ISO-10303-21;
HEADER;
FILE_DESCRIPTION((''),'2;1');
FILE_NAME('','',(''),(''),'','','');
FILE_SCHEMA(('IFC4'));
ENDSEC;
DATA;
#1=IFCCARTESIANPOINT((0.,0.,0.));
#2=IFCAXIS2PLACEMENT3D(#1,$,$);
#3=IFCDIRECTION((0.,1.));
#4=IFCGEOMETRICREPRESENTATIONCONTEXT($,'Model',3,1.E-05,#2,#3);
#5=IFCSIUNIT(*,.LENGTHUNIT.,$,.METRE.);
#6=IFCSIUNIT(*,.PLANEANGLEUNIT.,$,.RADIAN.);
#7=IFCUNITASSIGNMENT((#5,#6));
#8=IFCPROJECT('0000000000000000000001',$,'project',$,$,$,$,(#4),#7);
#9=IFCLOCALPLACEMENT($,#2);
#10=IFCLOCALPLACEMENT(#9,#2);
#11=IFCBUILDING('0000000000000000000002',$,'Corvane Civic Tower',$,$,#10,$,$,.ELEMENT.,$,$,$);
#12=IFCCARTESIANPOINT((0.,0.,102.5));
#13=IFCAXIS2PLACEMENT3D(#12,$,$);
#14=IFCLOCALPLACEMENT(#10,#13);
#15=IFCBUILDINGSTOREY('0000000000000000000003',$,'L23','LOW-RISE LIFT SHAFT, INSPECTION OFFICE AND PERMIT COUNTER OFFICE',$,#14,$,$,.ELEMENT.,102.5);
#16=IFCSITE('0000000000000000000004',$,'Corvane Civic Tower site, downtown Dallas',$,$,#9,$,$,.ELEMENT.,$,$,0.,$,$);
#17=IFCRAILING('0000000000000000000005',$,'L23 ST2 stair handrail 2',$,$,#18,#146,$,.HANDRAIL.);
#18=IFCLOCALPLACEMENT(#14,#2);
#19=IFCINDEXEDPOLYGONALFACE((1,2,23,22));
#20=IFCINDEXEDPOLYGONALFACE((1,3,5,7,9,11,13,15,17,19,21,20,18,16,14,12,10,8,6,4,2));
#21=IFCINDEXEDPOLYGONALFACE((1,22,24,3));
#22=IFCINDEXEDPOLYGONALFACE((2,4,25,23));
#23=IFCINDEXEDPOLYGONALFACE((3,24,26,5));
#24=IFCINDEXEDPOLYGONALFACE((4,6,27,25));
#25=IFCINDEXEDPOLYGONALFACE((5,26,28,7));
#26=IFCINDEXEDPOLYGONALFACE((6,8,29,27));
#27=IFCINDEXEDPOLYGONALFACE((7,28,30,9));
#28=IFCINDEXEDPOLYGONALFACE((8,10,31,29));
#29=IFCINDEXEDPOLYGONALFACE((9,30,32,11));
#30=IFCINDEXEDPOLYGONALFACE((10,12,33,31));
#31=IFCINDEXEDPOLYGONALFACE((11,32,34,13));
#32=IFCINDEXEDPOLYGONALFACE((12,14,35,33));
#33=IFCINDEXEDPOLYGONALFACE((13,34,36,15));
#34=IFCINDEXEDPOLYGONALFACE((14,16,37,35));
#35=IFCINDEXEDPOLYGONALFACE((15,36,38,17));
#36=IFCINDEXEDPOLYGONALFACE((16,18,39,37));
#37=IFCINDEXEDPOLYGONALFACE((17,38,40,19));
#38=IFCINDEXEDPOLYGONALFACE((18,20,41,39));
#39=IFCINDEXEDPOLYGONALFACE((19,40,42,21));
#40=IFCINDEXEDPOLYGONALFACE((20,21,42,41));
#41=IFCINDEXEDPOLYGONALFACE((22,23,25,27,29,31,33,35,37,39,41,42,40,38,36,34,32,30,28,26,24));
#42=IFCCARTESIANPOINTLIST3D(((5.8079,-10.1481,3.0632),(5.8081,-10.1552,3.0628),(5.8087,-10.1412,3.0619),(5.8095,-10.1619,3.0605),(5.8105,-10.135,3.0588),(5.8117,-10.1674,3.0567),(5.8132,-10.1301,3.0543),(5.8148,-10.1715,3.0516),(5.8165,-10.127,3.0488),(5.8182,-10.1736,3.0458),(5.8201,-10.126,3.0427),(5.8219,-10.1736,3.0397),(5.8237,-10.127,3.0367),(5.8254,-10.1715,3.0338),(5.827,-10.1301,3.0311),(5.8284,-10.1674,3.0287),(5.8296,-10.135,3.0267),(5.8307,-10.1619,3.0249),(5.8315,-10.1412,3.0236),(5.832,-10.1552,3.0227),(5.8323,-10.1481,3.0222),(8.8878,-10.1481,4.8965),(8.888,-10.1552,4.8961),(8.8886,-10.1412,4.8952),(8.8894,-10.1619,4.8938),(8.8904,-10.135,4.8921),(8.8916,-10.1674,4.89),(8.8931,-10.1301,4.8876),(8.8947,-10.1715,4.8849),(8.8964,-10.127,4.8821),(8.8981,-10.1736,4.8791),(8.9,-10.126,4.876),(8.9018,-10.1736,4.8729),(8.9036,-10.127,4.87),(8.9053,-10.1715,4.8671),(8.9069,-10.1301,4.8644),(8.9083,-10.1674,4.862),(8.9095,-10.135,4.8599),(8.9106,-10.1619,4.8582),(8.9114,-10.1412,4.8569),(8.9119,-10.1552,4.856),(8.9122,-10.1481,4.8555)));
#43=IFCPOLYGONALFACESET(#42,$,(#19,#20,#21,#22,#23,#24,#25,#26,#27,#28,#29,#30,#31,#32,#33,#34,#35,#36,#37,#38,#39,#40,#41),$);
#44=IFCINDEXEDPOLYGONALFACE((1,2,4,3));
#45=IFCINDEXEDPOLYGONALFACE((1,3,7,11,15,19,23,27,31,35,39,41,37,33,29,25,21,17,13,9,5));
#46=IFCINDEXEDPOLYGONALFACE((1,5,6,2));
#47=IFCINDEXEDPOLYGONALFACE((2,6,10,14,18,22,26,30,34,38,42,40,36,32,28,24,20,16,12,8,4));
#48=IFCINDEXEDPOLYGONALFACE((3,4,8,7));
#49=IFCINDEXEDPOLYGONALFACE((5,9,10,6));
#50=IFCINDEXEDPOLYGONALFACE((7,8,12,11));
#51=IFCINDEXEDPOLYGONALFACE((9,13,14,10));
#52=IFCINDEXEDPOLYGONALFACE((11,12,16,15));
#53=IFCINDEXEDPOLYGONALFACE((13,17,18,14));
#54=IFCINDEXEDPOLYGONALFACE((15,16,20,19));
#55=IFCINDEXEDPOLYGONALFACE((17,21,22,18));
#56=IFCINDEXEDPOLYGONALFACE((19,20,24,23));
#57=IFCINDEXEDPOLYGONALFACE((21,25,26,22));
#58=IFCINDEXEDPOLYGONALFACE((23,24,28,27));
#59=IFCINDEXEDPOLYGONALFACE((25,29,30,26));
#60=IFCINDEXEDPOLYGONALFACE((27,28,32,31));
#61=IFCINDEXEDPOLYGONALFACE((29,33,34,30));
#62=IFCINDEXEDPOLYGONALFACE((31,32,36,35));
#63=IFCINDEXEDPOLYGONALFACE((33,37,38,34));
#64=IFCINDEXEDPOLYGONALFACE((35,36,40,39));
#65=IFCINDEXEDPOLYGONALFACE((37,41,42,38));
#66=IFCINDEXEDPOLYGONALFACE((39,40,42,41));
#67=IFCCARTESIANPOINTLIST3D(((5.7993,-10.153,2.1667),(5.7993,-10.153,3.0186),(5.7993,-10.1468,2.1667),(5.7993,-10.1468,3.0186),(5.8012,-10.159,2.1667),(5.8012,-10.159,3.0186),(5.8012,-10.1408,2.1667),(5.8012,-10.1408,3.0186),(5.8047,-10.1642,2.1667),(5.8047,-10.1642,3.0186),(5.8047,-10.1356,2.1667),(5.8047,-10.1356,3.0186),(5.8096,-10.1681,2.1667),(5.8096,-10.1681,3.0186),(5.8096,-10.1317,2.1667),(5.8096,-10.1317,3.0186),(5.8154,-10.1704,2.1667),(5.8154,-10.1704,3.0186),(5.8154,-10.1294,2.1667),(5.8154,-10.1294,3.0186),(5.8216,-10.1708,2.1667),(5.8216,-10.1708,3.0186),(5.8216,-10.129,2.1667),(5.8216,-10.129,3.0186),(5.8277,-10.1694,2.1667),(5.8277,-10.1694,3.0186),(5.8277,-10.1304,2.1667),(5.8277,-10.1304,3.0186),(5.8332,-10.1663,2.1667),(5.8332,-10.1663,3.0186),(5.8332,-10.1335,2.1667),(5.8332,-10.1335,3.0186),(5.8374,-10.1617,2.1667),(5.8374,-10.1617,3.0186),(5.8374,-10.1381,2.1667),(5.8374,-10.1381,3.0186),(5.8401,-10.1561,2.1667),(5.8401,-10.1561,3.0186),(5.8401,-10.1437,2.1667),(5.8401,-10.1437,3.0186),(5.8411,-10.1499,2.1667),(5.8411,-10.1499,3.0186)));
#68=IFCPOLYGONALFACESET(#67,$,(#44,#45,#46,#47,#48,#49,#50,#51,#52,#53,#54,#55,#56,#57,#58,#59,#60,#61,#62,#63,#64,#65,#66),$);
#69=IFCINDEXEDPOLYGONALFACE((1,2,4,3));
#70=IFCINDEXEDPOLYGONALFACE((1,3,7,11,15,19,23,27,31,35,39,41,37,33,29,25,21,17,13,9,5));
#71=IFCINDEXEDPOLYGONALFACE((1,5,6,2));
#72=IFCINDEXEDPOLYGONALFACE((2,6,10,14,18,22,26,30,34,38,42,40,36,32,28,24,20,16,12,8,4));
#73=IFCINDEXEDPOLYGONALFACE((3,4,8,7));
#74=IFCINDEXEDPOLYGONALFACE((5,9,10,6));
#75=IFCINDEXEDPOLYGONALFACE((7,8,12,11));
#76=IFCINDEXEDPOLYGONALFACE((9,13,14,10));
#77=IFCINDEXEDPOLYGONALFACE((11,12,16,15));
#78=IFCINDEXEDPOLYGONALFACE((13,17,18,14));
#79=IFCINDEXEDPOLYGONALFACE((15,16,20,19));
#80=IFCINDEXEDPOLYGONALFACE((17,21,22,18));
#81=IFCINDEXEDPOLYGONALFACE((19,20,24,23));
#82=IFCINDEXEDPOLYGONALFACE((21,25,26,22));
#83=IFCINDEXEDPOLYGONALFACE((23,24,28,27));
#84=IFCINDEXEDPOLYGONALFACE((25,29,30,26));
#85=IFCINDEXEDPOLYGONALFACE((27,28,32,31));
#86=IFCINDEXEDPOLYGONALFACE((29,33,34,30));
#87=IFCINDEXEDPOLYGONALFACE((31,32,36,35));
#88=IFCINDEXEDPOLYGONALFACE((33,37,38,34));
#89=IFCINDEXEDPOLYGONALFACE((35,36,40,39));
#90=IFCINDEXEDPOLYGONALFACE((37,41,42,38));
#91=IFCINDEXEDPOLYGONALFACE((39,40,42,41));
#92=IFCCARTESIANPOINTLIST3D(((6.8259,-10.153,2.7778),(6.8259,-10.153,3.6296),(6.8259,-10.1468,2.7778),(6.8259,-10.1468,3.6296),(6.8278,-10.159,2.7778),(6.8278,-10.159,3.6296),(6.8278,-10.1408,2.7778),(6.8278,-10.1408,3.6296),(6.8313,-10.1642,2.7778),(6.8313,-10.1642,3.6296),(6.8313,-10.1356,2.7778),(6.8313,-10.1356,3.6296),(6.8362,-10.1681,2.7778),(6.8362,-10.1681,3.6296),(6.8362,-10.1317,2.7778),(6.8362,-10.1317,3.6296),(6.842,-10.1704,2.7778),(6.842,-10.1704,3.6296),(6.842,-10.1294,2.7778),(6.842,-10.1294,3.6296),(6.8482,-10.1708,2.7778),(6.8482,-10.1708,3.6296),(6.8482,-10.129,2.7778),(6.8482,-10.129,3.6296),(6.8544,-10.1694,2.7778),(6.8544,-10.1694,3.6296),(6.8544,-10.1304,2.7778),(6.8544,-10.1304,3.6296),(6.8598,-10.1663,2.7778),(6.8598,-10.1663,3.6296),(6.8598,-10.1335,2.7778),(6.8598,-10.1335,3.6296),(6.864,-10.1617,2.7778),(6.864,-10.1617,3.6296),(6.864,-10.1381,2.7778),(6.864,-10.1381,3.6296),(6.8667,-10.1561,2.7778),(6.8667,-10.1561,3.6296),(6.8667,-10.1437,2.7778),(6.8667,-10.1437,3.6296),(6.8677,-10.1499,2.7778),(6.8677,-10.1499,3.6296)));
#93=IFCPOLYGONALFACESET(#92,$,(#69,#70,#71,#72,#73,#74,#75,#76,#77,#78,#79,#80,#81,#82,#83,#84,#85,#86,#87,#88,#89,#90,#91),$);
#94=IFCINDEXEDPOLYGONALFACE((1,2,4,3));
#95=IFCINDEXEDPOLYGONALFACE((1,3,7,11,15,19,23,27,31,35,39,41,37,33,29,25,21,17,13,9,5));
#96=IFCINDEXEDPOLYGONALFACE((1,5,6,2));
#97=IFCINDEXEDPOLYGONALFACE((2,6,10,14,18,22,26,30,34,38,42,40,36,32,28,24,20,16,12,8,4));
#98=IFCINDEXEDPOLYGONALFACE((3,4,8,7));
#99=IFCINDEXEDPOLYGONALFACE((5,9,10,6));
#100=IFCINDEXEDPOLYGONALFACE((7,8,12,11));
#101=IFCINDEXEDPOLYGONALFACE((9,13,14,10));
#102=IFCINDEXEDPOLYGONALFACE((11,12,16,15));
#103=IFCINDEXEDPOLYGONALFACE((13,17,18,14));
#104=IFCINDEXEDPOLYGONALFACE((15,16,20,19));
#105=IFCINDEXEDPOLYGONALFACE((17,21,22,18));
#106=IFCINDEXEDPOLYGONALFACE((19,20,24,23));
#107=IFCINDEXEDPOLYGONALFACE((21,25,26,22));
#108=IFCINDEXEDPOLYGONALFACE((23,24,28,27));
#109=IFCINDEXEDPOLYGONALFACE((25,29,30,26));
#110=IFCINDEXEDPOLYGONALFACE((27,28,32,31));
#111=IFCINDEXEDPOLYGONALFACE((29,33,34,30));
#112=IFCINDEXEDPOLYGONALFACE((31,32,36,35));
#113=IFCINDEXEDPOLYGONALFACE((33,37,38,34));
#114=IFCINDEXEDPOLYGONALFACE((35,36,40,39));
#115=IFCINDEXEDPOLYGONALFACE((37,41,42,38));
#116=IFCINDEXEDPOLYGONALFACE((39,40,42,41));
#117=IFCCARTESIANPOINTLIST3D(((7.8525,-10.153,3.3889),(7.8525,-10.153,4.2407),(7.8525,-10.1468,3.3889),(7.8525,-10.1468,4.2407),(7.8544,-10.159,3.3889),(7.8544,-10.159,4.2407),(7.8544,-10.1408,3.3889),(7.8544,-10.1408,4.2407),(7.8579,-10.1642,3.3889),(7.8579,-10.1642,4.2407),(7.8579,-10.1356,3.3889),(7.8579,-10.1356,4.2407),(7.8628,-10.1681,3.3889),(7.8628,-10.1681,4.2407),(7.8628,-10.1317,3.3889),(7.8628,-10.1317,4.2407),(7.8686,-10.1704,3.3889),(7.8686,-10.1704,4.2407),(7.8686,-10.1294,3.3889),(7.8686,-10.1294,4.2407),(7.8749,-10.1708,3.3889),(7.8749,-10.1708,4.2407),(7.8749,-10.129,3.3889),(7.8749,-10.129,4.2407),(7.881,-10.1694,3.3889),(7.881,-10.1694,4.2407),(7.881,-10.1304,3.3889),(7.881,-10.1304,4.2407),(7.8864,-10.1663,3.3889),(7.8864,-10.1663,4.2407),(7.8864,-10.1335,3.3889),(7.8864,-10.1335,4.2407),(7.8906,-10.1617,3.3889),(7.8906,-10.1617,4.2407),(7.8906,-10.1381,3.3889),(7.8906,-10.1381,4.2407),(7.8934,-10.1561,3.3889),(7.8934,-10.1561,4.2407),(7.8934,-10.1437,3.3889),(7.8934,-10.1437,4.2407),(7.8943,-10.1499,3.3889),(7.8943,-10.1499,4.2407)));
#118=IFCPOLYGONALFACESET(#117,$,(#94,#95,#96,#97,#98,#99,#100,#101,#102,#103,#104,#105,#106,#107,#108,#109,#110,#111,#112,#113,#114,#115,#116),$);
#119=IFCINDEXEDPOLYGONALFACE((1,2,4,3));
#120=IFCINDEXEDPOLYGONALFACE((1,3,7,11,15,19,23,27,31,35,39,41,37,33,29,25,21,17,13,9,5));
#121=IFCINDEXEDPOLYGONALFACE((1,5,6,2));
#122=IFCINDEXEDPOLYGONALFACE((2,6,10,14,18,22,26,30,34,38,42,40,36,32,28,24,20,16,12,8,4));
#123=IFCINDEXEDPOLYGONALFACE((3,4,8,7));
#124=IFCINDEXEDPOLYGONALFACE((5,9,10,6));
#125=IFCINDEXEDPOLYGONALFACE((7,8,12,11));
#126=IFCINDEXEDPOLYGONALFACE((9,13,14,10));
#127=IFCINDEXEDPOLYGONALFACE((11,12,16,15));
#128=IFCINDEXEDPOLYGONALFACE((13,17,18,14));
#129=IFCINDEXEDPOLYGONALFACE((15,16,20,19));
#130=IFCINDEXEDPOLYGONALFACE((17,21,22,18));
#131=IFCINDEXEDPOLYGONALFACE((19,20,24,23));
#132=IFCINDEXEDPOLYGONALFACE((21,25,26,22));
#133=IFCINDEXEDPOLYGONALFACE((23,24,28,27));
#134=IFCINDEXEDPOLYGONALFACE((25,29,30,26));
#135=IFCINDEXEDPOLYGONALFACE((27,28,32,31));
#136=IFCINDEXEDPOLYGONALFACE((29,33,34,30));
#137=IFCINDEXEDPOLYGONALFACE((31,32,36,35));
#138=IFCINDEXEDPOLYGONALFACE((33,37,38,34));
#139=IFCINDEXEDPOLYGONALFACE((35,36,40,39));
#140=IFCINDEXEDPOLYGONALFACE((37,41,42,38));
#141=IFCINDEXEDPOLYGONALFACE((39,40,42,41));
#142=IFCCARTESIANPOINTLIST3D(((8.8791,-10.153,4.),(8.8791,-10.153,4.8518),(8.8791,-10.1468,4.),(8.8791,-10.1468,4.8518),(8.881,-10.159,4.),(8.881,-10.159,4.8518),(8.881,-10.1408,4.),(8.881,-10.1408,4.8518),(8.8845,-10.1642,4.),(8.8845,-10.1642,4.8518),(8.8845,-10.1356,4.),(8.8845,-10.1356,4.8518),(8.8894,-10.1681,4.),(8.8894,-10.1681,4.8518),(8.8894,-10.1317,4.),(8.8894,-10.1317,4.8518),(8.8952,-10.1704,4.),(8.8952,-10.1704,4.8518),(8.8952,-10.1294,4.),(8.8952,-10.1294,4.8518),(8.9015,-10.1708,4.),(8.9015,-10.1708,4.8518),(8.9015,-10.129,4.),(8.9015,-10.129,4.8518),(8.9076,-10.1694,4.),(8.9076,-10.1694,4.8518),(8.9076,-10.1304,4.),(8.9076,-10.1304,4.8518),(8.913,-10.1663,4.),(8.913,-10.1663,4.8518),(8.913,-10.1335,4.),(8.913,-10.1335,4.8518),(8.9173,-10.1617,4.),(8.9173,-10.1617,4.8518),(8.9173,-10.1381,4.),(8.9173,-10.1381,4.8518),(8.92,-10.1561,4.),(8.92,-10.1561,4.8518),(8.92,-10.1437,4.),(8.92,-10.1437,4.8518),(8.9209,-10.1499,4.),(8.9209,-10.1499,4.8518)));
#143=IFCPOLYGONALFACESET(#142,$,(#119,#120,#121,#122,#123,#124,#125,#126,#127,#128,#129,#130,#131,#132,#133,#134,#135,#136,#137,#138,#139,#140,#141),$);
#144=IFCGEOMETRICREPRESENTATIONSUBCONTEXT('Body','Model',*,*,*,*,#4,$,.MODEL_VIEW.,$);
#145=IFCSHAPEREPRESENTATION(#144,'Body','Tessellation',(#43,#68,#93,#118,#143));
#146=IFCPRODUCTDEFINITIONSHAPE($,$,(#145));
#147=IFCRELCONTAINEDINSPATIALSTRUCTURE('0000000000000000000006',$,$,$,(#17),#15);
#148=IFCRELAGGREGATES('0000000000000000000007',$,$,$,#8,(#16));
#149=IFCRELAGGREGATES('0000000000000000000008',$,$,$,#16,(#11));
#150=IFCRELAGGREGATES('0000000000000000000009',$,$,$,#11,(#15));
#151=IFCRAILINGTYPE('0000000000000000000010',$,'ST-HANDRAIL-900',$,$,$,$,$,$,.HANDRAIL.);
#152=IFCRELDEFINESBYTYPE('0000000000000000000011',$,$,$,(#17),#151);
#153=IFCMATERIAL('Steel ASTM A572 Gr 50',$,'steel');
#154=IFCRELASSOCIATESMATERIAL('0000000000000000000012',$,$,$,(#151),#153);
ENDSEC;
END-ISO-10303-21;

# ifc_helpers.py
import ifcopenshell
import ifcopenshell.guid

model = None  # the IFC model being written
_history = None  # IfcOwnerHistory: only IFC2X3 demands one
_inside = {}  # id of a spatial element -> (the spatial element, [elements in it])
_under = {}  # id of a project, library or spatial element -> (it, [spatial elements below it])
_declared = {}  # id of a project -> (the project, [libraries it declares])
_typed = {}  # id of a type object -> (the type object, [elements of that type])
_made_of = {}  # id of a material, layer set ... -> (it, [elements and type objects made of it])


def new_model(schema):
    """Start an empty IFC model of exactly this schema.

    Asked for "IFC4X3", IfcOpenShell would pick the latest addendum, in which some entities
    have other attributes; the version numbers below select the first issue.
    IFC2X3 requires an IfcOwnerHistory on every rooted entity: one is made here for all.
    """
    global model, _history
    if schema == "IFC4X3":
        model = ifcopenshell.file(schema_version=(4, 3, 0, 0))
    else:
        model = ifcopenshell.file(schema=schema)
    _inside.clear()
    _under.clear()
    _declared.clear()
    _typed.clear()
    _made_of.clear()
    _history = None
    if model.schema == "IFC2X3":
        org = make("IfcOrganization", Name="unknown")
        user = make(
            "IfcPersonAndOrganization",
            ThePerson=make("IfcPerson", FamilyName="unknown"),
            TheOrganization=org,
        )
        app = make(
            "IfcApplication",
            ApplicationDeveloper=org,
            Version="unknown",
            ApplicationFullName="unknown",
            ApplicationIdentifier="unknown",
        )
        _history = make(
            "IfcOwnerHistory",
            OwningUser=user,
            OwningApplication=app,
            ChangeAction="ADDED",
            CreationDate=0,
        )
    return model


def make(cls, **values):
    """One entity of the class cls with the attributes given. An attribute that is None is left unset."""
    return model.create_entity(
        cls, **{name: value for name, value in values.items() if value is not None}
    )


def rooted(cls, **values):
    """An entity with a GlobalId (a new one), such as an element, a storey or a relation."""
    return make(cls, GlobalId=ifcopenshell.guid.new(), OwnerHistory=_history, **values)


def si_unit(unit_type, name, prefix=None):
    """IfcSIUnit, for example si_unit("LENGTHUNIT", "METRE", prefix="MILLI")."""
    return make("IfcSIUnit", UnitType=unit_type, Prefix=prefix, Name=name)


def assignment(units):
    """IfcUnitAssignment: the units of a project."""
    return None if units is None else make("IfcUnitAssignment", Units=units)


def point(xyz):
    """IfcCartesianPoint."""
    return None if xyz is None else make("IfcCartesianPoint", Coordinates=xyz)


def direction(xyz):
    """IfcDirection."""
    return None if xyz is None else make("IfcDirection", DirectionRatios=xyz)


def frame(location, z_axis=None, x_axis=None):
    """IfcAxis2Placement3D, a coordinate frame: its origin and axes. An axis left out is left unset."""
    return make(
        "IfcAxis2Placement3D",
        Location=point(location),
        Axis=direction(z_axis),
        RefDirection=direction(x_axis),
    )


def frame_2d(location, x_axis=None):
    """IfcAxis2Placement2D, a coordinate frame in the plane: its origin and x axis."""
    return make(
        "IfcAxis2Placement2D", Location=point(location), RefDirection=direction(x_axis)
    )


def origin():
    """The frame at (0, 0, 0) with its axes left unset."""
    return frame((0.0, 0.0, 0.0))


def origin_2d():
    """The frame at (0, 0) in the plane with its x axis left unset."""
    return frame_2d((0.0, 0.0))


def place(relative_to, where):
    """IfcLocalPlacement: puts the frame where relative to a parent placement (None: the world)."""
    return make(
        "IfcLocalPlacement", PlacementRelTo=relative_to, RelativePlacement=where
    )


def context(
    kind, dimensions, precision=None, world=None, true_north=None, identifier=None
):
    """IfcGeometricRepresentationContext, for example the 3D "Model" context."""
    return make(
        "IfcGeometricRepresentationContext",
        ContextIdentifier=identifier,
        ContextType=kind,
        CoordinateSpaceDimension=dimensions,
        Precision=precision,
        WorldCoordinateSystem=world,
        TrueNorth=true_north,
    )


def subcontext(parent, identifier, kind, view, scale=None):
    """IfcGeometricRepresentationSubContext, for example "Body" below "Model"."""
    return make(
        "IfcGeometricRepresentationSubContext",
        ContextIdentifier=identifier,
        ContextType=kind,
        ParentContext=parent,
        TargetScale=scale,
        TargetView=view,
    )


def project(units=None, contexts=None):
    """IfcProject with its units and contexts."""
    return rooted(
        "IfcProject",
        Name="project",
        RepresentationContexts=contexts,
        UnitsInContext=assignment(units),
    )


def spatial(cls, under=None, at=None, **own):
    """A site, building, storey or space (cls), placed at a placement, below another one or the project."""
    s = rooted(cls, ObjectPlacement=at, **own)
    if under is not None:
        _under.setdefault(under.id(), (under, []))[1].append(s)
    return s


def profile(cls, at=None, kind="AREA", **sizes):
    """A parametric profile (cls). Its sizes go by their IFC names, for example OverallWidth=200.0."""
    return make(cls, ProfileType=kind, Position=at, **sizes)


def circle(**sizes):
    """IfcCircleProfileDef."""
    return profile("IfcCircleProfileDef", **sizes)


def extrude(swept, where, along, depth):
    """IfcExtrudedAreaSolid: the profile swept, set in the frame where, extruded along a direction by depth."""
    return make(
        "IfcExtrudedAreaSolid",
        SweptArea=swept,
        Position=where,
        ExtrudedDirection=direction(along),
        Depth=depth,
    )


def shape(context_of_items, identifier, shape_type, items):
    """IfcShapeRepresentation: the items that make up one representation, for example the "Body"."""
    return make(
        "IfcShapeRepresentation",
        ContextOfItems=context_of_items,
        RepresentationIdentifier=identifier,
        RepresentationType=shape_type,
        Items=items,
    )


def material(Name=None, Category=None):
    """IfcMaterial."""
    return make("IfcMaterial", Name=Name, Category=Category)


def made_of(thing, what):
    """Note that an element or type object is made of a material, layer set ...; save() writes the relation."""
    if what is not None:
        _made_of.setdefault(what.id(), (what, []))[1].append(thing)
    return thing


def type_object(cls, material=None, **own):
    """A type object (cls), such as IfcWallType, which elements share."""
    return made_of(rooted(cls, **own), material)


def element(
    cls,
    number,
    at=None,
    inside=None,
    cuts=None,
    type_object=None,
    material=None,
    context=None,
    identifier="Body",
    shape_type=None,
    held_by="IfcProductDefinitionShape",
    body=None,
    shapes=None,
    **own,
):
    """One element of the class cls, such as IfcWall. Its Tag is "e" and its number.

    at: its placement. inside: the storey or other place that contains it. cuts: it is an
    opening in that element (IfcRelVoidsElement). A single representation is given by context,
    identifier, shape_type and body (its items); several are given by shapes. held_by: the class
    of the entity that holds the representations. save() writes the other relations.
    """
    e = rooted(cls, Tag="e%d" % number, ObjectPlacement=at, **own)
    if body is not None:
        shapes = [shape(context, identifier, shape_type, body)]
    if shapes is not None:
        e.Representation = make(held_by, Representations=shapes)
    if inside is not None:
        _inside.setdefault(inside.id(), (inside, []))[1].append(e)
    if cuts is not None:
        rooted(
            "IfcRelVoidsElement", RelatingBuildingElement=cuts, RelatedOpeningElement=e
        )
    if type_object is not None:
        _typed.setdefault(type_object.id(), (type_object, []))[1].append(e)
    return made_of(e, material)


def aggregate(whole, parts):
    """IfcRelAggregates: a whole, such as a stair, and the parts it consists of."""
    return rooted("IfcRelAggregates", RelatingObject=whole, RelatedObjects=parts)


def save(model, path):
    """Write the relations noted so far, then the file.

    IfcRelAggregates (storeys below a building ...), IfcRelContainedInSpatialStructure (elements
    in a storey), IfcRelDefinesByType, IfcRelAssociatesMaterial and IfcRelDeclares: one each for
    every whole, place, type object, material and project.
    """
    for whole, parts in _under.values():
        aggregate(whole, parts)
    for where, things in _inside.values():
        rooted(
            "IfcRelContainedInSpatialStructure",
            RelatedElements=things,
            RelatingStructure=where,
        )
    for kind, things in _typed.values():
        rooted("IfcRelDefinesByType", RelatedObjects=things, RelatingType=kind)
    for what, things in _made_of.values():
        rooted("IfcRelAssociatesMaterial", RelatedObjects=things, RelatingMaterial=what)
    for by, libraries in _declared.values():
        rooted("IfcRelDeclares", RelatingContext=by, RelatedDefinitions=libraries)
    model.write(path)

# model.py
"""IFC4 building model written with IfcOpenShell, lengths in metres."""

from ifc_helpers import new_model, si_unit, direction, frame, origin, origin_2d, place, context, subcontext, project, spatial, circle, extrude, material, type_object, element, save


model = new_model("IFC4")

# Units and contexts
model_context = context("Model", 3, precision=1e-05, world=origin(), true_north=direction((0.0, 1.0)))
body_context = subcontext(model_context, "Body", "Model", "MODEL_VIEW")
ifc_project = project(units=[si_unit("LENGTHUNIT", "METRE"), si_unit("PLANEANGLEUNIT", "RADIAN")], contexts=[model_context])

# Site, building, storey
site_placement = place(None, origin())
site = spatial("IfcSite", under=ifc_project, at=site_placement, Name="Corvane Civic Tower site, downtown Dallas", CompositionType="ELEMENT", RefElevation=0.0)
building_placement = place(site_placement, origin())
building = spatial("IfcBuilding", under=site, at=building_placement, Name="Corvane Civic Tower", CompositionType="ELEMENT")
storey_placement = place(building_placement, frame((0.0, 0.0, 102.5)))
storey = spatial("IfcBuildingStorey", under=building, at=storey_placement, Name="L23", Description="LOW-RISE LIFT SHAFT, INSPECTION OFFICE AND PERMIT COUNTER OFFICE", CompositionType="ELEMENT", Elevation=102.5)

# Railing
ifc_material_1 = material(Name="Steel ASTM A572 Gr 50", Category="steel")
railing_type = type_object("IfcRailingType", Name="ST-HANDRAIL-900", PredefinedType="HANDRAIL", material=ifc_material_1)
railing_placement = place(storey_placement, frame((5.8201, -10.1499, 2.1667)))
element("IfcRailing", 1, at=railing_placement, inside=storey, type_object=railing_type, Name="L23 ST2 stair handrail 2", PredefinedType="HANDRAIL", context=body_context, shape_type="SweptSolid", body=[
    extrude(circle(Radius=0.0239, at=origin_2d()), frame((0.0, 0.0, 0.876), z_axis=(0.859291, 0.0, 0.511487), x_axis=(0.0, 1.0, 0.0)), (0.0, 0.0, 1.0), 3.5842),
    extrude(circle(Radius=0.021, at=origin_2d()), origin(), (0.0, 0.0, 1.0), 0.8518),
    extrude(circle(Radius=0.021, at=origin_2d()), frame((1.0266, 0.0, 0.6111)), (0.0, 0.0, 1.0), 0.8518),
    extrude(circle(Radius=0.021, at=origin_2d()), frame((2.0532, 0.0, 1.2222)), (0.0, 0.0, 1.0), 0.8518),
    extrude(circle(Radius=0.021, at=origin_2d()), frame((3.0798, 0.0, 1.8333)), (0.0, 0.0, 1.0), 0.8518),
])

save(model, "model.ifc")
